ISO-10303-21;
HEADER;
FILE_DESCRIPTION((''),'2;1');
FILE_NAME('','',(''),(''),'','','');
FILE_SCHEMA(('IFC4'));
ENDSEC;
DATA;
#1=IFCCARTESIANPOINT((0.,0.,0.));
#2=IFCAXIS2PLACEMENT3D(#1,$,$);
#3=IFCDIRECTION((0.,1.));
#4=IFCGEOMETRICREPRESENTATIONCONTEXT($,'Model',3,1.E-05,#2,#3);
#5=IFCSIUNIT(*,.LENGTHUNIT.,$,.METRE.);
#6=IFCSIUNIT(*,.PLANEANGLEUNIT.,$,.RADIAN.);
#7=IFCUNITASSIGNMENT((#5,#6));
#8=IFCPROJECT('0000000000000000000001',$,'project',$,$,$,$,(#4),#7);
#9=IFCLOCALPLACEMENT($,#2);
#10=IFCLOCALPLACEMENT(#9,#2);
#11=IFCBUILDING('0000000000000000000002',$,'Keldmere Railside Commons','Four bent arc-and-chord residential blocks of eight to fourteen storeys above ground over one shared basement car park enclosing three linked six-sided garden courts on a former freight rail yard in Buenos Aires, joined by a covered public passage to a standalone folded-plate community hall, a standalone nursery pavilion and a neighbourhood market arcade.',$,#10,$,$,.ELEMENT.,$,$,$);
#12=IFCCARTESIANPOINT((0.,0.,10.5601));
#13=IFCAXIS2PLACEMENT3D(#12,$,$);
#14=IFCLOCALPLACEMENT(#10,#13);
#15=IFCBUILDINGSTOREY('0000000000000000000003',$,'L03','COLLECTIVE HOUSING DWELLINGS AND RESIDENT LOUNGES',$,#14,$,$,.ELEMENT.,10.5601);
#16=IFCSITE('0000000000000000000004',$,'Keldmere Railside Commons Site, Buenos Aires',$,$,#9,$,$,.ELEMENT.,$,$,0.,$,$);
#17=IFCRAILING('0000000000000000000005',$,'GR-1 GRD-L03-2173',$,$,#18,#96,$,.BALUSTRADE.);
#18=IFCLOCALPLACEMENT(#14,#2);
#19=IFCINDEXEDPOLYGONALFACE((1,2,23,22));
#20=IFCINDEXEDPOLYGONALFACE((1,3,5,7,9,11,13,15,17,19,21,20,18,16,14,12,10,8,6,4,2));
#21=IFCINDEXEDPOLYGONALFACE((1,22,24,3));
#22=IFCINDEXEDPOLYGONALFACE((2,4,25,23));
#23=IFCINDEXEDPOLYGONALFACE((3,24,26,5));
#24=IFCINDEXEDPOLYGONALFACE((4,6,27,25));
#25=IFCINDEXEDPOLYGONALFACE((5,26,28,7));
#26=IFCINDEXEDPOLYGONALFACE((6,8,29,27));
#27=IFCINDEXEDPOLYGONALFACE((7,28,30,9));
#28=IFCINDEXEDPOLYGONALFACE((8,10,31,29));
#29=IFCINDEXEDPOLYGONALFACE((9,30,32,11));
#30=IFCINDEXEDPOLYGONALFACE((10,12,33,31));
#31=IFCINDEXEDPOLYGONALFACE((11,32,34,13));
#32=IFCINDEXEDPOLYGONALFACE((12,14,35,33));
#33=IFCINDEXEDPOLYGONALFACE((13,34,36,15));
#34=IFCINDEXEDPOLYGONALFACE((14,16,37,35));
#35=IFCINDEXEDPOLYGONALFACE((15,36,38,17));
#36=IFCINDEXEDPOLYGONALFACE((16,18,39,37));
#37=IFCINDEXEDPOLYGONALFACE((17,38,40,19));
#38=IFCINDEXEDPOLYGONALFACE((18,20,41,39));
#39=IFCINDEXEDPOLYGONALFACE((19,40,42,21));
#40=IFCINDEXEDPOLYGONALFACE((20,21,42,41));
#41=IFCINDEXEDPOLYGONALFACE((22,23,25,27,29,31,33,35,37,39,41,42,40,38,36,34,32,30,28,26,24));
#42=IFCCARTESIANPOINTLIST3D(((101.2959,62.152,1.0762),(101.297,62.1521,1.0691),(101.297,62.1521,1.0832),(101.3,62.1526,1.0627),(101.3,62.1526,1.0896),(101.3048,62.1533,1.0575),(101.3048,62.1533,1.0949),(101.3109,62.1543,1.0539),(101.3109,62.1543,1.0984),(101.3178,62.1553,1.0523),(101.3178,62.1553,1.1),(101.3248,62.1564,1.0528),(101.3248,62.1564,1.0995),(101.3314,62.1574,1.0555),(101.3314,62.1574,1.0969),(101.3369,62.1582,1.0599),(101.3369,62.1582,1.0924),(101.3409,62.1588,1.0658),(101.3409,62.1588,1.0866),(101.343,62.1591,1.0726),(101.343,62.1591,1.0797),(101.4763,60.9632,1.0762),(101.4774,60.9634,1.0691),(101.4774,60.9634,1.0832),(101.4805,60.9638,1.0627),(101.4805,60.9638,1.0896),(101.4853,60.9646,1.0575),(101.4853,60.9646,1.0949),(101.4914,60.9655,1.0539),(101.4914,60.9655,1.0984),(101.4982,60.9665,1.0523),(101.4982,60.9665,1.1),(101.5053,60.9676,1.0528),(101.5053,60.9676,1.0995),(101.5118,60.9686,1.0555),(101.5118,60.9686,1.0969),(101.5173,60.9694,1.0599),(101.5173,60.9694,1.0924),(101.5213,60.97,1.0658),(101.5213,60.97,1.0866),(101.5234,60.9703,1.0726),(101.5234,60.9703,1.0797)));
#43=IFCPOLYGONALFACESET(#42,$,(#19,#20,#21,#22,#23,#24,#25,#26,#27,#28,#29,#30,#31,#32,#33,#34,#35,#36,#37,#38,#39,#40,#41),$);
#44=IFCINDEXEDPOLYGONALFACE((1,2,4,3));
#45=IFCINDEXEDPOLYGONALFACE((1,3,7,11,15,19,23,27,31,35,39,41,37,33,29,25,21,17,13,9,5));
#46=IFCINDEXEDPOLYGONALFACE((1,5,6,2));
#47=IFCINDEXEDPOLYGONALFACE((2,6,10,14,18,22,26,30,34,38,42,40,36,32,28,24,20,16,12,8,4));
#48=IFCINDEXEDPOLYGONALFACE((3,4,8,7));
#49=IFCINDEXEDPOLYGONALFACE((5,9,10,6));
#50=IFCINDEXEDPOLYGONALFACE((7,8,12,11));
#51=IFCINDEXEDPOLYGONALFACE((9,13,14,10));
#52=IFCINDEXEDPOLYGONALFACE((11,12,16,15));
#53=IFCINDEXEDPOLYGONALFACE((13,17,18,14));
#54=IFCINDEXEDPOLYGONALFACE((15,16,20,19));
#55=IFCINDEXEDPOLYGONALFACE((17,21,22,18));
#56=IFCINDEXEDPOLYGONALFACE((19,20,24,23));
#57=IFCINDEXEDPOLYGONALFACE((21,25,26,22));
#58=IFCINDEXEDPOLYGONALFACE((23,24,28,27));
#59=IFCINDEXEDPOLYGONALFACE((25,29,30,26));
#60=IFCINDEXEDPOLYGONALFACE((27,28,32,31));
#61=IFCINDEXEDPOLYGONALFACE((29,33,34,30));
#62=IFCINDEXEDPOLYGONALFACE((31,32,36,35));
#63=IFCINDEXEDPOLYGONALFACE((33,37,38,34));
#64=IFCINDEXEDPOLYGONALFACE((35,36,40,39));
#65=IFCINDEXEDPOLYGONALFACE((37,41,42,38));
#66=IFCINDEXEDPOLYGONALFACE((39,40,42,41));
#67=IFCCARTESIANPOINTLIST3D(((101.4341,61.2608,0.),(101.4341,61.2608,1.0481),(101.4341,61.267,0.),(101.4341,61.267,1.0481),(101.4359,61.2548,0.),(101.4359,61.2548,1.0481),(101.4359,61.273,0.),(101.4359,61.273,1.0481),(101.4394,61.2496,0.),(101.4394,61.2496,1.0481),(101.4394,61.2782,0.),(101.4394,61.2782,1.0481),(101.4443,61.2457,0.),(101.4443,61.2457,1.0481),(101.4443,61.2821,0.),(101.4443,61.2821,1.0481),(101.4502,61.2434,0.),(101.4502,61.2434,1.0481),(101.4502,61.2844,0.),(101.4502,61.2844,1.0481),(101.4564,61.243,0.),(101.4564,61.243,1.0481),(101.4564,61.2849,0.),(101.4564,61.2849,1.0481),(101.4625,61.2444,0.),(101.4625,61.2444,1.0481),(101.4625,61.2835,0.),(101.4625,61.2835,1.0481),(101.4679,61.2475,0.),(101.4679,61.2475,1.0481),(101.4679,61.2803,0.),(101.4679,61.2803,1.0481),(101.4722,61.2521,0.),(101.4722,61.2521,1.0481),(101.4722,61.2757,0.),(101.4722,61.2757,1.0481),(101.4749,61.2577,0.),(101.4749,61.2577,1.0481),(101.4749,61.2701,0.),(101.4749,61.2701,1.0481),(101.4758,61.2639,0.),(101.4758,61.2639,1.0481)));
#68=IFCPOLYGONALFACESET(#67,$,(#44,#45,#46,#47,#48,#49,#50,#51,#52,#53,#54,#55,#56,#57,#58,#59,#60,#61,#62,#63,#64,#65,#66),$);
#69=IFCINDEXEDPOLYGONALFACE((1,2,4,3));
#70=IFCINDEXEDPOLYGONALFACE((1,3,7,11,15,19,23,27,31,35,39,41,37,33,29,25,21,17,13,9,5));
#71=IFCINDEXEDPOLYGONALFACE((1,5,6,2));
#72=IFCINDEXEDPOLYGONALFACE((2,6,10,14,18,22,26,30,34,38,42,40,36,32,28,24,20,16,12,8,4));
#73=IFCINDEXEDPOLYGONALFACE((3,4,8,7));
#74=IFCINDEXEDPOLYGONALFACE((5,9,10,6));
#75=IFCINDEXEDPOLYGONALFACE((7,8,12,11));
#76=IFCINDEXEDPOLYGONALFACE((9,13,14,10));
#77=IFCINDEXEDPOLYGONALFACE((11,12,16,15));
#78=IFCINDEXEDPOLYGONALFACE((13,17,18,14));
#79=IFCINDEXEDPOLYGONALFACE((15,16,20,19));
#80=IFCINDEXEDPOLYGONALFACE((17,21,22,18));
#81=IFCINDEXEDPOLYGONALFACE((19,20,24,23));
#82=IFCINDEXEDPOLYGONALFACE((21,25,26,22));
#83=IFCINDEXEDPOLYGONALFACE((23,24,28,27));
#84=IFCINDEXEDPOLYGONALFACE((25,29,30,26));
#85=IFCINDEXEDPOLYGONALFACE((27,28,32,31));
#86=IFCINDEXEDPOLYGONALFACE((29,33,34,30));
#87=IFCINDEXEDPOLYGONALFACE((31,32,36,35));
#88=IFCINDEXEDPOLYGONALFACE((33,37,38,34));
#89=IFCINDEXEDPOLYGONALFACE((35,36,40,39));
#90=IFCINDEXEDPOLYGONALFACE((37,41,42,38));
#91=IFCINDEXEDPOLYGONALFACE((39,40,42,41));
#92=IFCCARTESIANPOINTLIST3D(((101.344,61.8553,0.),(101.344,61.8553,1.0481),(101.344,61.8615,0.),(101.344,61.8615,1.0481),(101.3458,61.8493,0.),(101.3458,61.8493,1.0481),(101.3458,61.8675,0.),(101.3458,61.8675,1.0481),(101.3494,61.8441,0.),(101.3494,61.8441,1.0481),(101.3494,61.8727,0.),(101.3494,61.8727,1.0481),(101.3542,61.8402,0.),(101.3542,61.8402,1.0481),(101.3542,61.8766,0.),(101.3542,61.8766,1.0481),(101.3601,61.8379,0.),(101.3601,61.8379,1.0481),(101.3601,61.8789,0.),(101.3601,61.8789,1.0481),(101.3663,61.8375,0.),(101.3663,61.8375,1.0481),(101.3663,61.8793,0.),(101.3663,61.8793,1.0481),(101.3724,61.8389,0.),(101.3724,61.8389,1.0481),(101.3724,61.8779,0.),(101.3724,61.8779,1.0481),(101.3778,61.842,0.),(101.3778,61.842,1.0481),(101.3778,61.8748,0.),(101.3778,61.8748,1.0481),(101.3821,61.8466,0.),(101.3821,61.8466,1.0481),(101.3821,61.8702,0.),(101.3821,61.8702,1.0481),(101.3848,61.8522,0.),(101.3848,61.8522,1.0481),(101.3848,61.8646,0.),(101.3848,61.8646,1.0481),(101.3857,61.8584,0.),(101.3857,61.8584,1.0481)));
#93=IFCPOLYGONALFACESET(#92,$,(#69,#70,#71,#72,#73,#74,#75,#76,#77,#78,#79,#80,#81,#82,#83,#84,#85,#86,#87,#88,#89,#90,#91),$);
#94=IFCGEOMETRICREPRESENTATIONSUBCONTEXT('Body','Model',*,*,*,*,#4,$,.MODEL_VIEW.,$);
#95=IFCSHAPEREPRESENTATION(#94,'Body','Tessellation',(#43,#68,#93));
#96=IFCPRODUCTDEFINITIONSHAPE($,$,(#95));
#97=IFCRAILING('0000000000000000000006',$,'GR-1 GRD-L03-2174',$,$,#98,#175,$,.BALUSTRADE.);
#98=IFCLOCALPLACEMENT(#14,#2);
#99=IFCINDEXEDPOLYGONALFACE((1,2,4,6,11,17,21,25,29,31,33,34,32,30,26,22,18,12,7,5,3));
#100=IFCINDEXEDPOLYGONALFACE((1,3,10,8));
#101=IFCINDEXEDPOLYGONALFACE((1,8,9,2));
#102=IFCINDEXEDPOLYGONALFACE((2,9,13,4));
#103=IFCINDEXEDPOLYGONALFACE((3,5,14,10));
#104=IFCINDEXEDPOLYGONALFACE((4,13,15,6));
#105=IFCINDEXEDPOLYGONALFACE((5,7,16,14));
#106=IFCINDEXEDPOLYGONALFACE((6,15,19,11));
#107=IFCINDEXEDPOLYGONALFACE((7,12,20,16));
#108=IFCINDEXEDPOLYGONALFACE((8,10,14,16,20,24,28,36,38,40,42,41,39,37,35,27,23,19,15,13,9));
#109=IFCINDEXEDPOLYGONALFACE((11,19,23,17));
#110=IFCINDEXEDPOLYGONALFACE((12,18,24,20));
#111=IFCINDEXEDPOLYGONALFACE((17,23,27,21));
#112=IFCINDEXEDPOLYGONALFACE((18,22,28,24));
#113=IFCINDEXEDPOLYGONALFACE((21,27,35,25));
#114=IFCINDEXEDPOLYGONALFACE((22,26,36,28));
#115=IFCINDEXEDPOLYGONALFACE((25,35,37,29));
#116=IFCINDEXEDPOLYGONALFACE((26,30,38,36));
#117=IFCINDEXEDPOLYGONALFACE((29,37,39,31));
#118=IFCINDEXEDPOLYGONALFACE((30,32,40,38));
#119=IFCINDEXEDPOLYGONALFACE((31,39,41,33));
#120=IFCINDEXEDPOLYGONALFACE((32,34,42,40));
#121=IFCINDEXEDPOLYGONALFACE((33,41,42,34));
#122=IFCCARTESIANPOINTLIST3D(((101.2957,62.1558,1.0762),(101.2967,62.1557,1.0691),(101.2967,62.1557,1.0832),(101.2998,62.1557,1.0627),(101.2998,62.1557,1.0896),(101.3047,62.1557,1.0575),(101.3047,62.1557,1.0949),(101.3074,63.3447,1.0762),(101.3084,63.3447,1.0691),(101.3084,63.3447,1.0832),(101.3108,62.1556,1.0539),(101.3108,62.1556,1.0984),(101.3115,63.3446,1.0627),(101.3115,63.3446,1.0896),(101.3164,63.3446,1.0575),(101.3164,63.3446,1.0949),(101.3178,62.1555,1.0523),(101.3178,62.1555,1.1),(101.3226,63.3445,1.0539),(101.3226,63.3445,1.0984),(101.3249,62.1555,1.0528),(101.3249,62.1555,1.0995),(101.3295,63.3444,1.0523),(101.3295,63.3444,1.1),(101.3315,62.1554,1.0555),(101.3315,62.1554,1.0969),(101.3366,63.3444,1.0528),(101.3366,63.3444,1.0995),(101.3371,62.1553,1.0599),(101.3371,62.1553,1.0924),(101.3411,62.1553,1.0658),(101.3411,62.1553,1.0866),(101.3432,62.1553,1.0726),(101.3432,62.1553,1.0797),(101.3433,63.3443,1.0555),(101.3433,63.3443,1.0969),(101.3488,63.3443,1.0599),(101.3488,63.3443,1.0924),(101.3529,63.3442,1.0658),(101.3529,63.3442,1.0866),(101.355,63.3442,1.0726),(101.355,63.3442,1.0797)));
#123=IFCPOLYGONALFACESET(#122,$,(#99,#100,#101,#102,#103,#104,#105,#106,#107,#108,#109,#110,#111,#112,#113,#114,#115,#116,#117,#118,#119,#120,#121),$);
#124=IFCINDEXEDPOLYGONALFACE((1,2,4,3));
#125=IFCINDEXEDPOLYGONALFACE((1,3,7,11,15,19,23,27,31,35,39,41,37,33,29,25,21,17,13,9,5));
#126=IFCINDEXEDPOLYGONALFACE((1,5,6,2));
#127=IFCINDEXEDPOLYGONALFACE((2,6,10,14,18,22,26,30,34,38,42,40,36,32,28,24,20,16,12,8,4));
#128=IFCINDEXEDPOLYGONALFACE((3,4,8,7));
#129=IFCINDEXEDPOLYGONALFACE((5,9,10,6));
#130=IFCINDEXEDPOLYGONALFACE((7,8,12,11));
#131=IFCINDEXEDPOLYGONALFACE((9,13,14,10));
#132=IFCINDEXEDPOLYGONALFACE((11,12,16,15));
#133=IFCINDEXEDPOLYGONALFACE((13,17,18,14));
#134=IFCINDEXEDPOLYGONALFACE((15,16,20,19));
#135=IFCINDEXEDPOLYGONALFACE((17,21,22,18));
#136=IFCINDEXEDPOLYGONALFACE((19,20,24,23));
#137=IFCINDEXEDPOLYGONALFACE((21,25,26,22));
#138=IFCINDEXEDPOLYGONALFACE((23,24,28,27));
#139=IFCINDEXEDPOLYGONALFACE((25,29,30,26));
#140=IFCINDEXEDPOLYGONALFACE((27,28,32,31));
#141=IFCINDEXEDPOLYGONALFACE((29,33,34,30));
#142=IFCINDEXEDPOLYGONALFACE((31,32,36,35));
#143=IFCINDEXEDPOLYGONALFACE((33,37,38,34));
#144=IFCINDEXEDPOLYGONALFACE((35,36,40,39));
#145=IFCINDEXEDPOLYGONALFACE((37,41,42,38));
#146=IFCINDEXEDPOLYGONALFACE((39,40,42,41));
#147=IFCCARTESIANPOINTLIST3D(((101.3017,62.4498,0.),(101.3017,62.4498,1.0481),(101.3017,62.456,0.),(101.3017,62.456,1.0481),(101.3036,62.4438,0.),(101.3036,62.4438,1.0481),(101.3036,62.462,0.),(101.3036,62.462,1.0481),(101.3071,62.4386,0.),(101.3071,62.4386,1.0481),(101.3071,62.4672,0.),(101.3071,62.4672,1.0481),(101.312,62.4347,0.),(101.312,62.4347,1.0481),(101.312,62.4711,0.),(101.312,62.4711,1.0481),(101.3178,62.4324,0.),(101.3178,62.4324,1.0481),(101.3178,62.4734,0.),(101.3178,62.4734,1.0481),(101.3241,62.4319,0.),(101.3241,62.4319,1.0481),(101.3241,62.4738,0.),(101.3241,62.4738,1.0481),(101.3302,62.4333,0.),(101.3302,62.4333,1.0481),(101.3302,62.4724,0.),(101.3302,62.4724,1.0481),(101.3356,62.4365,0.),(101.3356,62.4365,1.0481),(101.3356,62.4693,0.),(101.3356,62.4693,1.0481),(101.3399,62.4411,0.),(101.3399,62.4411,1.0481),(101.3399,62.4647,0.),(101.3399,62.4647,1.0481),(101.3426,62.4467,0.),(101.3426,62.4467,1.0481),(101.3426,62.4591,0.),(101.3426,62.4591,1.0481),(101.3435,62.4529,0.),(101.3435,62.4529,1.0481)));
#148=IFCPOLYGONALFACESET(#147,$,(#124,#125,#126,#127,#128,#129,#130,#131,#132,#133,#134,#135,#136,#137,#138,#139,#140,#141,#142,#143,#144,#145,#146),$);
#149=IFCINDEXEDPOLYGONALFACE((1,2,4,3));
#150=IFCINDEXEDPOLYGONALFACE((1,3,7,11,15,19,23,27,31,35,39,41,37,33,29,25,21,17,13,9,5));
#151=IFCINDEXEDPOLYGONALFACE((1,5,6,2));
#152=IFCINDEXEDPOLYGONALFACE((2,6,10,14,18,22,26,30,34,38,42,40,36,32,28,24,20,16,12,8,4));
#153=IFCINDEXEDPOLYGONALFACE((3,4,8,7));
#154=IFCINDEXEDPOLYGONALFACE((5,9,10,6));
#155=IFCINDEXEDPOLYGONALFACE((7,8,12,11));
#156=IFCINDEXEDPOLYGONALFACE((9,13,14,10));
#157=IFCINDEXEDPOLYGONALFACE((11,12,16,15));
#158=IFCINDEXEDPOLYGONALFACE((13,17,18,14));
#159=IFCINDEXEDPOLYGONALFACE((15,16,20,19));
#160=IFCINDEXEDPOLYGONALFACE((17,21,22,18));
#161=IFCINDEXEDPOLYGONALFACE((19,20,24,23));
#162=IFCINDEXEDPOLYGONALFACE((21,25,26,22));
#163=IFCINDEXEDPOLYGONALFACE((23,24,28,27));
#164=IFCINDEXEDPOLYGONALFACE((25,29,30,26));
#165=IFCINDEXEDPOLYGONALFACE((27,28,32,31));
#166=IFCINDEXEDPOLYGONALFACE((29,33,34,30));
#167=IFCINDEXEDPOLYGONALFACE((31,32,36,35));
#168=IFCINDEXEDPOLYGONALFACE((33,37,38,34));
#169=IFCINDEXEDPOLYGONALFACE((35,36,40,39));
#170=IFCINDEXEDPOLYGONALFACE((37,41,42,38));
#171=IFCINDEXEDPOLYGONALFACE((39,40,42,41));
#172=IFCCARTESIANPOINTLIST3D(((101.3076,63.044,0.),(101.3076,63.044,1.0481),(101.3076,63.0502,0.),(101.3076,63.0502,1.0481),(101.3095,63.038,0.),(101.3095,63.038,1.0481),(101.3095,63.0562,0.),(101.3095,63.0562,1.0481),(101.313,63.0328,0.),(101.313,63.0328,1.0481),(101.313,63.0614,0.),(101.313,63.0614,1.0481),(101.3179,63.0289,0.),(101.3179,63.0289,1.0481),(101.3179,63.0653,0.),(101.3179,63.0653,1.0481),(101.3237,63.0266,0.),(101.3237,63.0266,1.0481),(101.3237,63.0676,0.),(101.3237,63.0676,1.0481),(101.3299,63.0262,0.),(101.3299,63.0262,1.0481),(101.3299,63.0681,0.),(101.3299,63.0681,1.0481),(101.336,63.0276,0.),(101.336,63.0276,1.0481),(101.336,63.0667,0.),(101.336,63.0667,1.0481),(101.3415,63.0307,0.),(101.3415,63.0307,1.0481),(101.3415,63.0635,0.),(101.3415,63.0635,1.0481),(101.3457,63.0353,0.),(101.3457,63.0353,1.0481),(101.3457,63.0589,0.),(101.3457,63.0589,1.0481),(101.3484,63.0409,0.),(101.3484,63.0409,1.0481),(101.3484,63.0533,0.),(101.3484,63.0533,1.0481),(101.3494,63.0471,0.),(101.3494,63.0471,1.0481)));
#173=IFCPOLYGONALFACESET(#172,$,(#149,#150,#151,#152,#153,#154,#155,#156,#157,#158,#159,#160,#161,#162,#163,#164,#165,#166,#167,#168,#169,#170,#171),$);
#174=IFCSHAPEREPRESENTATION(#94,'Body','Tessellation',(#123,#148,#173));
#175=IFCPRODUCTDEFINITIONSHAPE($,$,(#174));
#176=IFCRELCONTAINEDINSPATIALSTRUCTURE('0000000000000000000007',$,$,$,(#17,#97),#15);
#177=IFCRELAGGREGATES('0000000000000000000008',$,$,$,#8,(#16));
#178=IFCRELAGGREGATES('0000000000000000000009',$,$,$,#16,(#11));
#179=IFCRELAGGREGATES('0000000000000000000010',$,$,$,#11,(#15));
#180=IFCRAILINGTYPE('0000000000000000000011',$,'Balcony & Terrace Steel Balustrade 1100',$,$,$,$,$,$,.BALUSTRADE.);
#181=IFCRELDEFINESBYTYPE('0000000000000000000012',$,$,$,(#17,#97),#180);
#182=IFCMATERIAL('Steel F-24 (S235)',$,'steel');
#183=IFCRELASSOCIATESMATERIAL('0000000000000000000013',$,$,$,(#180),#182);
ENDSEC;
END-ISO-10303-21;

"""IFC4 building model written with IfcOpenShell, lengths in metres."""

from ifc_helpers import new_model, si_unit, direction, frame, origin, origin_2d, place, context, subcontext, project, spatial, circle, extrude, material, type_object, element, save


model = new_model("IFC4")

# Units and contexts
model_context = context("Model", 3, precision=1e-05, world=origin(), true_north=direction((0.0, 1.0)))
body_context = subcontext(model_context, "Body", "Model", "MODEL_VIEW")
ifc_project = project(units=[si_unit("LENGTHUNIT", "METRE"), si_unit("PLANEANGLEUNIT", "RADIAN")], contexts=[model_context])

# Site, building, storey
site_placement = place(None, origin())
site = spatial("IfcSite", under=ifc_project, at=site_placement, Name="Keldmere Railside Commons Site, Buenos Aires", CompositionType="ELEMENT", RefElevation=0.0)
building_placement = place(site_placement, origin())
building = spatial("IfcBuilding", under=site, at=building_placement, Name="Keldmere Railside Commons", Description="Four bent arc-and-chord residential blocks of eight to fourteen storeys above ground over one shared basement car park enclosing three linked six-sided garden courts on a former freight rail yard in Buenos Aires, joined by a covered public passage to a standalone folded-plate community hall, a standalone nursery pavilion and a neighbourhood market arcade.", CompositionType="ELEMENT")
storey_placement = place(building_placement, frame((0.0, 0.0, 10.5601)))
storey = spatial("IfcBuildingStorey", under=building, at=storey_placement, Name="L03", Description="COLLECTIVE HOUSING DWELLINGS AND RESIDENT LOUNGES", CompositionType="ELEMENT", Elevation=10.5601)

# Railings
ifc_material_1 = material(Name="Steel F-24 (S235)", Category="steel")
railing_type = type_object("IfcRailingType", Name="Balcony & Terrace Steel Balustrade 1100", PredefinedType="BALUSTRADE", material=ifc_material_1)
railing_1_placement = place(storey_placement, frame((101.5, 60.9668, 0.0)))
element("IfcRailing", 1, at=railing_1_placement, inside=storey, type_object=railing_type, Name="GR-1 GRD-L03-2173", PredefinedType="BALUSTRADE", context=body_context, shape_type="SweptSolid", body=[
    extrude(circle(Radius=0.0239, at=origin_2d()), frame((0.0, 0.0, 1.0762), z_axis=(-0.150058, 0.988677, 0.0), x_axis=(-0.988677, -0.150058, 0.0)), (0.0, 0.0, 1.0), 1.2024),
    extrude(circle(Radius=0.021, at=origin_2d()), frame((-0.0452, 0.2971, 0.0)), (0.0, 0.0, 1.0), 1.0481),
    extrude(circle(Radius=0.021, at=origin_2d()), frame((-0.1353, 0.8916, 0.0)), (0.0, 0.0, 1.0), 1.0481),
])
railing_2_placement = place(storey_placement, frame((101.3196, 62.1555, 0.0)))
element("IfcRailing", 2, at=railing_2_placement, inside=storey, type_object=railing_type, Name="GR-1 GRD-L03-2174", PredefinedType="BALUSTRADE", context=body_context, shape_type="SweptSolid", body=[
    extrude(circle(Radius=0.0239, at=origin_2d()), frame((0.0, 0.0, 1.0762), z_axis=(0.009856, 0.999951, 0.0), x_axis=(-0.999951, 0.009856, 0.0)), (0.0, 0.0, 1.0), 1.189),
    extrude(circle(Radius=0.021, at=origin_2d()), frame((0.0029, 0.2974, 0.0)), (0.0, 0.0, 1.0), 1.0481),
    extrude(circle(Radius=0.021, at=origin_2d()), frame((0.0088, 0.8916, 0.0)), (0.0, 0.0, 1.0), 1.0481),
])

save(model, "model.ifc")
